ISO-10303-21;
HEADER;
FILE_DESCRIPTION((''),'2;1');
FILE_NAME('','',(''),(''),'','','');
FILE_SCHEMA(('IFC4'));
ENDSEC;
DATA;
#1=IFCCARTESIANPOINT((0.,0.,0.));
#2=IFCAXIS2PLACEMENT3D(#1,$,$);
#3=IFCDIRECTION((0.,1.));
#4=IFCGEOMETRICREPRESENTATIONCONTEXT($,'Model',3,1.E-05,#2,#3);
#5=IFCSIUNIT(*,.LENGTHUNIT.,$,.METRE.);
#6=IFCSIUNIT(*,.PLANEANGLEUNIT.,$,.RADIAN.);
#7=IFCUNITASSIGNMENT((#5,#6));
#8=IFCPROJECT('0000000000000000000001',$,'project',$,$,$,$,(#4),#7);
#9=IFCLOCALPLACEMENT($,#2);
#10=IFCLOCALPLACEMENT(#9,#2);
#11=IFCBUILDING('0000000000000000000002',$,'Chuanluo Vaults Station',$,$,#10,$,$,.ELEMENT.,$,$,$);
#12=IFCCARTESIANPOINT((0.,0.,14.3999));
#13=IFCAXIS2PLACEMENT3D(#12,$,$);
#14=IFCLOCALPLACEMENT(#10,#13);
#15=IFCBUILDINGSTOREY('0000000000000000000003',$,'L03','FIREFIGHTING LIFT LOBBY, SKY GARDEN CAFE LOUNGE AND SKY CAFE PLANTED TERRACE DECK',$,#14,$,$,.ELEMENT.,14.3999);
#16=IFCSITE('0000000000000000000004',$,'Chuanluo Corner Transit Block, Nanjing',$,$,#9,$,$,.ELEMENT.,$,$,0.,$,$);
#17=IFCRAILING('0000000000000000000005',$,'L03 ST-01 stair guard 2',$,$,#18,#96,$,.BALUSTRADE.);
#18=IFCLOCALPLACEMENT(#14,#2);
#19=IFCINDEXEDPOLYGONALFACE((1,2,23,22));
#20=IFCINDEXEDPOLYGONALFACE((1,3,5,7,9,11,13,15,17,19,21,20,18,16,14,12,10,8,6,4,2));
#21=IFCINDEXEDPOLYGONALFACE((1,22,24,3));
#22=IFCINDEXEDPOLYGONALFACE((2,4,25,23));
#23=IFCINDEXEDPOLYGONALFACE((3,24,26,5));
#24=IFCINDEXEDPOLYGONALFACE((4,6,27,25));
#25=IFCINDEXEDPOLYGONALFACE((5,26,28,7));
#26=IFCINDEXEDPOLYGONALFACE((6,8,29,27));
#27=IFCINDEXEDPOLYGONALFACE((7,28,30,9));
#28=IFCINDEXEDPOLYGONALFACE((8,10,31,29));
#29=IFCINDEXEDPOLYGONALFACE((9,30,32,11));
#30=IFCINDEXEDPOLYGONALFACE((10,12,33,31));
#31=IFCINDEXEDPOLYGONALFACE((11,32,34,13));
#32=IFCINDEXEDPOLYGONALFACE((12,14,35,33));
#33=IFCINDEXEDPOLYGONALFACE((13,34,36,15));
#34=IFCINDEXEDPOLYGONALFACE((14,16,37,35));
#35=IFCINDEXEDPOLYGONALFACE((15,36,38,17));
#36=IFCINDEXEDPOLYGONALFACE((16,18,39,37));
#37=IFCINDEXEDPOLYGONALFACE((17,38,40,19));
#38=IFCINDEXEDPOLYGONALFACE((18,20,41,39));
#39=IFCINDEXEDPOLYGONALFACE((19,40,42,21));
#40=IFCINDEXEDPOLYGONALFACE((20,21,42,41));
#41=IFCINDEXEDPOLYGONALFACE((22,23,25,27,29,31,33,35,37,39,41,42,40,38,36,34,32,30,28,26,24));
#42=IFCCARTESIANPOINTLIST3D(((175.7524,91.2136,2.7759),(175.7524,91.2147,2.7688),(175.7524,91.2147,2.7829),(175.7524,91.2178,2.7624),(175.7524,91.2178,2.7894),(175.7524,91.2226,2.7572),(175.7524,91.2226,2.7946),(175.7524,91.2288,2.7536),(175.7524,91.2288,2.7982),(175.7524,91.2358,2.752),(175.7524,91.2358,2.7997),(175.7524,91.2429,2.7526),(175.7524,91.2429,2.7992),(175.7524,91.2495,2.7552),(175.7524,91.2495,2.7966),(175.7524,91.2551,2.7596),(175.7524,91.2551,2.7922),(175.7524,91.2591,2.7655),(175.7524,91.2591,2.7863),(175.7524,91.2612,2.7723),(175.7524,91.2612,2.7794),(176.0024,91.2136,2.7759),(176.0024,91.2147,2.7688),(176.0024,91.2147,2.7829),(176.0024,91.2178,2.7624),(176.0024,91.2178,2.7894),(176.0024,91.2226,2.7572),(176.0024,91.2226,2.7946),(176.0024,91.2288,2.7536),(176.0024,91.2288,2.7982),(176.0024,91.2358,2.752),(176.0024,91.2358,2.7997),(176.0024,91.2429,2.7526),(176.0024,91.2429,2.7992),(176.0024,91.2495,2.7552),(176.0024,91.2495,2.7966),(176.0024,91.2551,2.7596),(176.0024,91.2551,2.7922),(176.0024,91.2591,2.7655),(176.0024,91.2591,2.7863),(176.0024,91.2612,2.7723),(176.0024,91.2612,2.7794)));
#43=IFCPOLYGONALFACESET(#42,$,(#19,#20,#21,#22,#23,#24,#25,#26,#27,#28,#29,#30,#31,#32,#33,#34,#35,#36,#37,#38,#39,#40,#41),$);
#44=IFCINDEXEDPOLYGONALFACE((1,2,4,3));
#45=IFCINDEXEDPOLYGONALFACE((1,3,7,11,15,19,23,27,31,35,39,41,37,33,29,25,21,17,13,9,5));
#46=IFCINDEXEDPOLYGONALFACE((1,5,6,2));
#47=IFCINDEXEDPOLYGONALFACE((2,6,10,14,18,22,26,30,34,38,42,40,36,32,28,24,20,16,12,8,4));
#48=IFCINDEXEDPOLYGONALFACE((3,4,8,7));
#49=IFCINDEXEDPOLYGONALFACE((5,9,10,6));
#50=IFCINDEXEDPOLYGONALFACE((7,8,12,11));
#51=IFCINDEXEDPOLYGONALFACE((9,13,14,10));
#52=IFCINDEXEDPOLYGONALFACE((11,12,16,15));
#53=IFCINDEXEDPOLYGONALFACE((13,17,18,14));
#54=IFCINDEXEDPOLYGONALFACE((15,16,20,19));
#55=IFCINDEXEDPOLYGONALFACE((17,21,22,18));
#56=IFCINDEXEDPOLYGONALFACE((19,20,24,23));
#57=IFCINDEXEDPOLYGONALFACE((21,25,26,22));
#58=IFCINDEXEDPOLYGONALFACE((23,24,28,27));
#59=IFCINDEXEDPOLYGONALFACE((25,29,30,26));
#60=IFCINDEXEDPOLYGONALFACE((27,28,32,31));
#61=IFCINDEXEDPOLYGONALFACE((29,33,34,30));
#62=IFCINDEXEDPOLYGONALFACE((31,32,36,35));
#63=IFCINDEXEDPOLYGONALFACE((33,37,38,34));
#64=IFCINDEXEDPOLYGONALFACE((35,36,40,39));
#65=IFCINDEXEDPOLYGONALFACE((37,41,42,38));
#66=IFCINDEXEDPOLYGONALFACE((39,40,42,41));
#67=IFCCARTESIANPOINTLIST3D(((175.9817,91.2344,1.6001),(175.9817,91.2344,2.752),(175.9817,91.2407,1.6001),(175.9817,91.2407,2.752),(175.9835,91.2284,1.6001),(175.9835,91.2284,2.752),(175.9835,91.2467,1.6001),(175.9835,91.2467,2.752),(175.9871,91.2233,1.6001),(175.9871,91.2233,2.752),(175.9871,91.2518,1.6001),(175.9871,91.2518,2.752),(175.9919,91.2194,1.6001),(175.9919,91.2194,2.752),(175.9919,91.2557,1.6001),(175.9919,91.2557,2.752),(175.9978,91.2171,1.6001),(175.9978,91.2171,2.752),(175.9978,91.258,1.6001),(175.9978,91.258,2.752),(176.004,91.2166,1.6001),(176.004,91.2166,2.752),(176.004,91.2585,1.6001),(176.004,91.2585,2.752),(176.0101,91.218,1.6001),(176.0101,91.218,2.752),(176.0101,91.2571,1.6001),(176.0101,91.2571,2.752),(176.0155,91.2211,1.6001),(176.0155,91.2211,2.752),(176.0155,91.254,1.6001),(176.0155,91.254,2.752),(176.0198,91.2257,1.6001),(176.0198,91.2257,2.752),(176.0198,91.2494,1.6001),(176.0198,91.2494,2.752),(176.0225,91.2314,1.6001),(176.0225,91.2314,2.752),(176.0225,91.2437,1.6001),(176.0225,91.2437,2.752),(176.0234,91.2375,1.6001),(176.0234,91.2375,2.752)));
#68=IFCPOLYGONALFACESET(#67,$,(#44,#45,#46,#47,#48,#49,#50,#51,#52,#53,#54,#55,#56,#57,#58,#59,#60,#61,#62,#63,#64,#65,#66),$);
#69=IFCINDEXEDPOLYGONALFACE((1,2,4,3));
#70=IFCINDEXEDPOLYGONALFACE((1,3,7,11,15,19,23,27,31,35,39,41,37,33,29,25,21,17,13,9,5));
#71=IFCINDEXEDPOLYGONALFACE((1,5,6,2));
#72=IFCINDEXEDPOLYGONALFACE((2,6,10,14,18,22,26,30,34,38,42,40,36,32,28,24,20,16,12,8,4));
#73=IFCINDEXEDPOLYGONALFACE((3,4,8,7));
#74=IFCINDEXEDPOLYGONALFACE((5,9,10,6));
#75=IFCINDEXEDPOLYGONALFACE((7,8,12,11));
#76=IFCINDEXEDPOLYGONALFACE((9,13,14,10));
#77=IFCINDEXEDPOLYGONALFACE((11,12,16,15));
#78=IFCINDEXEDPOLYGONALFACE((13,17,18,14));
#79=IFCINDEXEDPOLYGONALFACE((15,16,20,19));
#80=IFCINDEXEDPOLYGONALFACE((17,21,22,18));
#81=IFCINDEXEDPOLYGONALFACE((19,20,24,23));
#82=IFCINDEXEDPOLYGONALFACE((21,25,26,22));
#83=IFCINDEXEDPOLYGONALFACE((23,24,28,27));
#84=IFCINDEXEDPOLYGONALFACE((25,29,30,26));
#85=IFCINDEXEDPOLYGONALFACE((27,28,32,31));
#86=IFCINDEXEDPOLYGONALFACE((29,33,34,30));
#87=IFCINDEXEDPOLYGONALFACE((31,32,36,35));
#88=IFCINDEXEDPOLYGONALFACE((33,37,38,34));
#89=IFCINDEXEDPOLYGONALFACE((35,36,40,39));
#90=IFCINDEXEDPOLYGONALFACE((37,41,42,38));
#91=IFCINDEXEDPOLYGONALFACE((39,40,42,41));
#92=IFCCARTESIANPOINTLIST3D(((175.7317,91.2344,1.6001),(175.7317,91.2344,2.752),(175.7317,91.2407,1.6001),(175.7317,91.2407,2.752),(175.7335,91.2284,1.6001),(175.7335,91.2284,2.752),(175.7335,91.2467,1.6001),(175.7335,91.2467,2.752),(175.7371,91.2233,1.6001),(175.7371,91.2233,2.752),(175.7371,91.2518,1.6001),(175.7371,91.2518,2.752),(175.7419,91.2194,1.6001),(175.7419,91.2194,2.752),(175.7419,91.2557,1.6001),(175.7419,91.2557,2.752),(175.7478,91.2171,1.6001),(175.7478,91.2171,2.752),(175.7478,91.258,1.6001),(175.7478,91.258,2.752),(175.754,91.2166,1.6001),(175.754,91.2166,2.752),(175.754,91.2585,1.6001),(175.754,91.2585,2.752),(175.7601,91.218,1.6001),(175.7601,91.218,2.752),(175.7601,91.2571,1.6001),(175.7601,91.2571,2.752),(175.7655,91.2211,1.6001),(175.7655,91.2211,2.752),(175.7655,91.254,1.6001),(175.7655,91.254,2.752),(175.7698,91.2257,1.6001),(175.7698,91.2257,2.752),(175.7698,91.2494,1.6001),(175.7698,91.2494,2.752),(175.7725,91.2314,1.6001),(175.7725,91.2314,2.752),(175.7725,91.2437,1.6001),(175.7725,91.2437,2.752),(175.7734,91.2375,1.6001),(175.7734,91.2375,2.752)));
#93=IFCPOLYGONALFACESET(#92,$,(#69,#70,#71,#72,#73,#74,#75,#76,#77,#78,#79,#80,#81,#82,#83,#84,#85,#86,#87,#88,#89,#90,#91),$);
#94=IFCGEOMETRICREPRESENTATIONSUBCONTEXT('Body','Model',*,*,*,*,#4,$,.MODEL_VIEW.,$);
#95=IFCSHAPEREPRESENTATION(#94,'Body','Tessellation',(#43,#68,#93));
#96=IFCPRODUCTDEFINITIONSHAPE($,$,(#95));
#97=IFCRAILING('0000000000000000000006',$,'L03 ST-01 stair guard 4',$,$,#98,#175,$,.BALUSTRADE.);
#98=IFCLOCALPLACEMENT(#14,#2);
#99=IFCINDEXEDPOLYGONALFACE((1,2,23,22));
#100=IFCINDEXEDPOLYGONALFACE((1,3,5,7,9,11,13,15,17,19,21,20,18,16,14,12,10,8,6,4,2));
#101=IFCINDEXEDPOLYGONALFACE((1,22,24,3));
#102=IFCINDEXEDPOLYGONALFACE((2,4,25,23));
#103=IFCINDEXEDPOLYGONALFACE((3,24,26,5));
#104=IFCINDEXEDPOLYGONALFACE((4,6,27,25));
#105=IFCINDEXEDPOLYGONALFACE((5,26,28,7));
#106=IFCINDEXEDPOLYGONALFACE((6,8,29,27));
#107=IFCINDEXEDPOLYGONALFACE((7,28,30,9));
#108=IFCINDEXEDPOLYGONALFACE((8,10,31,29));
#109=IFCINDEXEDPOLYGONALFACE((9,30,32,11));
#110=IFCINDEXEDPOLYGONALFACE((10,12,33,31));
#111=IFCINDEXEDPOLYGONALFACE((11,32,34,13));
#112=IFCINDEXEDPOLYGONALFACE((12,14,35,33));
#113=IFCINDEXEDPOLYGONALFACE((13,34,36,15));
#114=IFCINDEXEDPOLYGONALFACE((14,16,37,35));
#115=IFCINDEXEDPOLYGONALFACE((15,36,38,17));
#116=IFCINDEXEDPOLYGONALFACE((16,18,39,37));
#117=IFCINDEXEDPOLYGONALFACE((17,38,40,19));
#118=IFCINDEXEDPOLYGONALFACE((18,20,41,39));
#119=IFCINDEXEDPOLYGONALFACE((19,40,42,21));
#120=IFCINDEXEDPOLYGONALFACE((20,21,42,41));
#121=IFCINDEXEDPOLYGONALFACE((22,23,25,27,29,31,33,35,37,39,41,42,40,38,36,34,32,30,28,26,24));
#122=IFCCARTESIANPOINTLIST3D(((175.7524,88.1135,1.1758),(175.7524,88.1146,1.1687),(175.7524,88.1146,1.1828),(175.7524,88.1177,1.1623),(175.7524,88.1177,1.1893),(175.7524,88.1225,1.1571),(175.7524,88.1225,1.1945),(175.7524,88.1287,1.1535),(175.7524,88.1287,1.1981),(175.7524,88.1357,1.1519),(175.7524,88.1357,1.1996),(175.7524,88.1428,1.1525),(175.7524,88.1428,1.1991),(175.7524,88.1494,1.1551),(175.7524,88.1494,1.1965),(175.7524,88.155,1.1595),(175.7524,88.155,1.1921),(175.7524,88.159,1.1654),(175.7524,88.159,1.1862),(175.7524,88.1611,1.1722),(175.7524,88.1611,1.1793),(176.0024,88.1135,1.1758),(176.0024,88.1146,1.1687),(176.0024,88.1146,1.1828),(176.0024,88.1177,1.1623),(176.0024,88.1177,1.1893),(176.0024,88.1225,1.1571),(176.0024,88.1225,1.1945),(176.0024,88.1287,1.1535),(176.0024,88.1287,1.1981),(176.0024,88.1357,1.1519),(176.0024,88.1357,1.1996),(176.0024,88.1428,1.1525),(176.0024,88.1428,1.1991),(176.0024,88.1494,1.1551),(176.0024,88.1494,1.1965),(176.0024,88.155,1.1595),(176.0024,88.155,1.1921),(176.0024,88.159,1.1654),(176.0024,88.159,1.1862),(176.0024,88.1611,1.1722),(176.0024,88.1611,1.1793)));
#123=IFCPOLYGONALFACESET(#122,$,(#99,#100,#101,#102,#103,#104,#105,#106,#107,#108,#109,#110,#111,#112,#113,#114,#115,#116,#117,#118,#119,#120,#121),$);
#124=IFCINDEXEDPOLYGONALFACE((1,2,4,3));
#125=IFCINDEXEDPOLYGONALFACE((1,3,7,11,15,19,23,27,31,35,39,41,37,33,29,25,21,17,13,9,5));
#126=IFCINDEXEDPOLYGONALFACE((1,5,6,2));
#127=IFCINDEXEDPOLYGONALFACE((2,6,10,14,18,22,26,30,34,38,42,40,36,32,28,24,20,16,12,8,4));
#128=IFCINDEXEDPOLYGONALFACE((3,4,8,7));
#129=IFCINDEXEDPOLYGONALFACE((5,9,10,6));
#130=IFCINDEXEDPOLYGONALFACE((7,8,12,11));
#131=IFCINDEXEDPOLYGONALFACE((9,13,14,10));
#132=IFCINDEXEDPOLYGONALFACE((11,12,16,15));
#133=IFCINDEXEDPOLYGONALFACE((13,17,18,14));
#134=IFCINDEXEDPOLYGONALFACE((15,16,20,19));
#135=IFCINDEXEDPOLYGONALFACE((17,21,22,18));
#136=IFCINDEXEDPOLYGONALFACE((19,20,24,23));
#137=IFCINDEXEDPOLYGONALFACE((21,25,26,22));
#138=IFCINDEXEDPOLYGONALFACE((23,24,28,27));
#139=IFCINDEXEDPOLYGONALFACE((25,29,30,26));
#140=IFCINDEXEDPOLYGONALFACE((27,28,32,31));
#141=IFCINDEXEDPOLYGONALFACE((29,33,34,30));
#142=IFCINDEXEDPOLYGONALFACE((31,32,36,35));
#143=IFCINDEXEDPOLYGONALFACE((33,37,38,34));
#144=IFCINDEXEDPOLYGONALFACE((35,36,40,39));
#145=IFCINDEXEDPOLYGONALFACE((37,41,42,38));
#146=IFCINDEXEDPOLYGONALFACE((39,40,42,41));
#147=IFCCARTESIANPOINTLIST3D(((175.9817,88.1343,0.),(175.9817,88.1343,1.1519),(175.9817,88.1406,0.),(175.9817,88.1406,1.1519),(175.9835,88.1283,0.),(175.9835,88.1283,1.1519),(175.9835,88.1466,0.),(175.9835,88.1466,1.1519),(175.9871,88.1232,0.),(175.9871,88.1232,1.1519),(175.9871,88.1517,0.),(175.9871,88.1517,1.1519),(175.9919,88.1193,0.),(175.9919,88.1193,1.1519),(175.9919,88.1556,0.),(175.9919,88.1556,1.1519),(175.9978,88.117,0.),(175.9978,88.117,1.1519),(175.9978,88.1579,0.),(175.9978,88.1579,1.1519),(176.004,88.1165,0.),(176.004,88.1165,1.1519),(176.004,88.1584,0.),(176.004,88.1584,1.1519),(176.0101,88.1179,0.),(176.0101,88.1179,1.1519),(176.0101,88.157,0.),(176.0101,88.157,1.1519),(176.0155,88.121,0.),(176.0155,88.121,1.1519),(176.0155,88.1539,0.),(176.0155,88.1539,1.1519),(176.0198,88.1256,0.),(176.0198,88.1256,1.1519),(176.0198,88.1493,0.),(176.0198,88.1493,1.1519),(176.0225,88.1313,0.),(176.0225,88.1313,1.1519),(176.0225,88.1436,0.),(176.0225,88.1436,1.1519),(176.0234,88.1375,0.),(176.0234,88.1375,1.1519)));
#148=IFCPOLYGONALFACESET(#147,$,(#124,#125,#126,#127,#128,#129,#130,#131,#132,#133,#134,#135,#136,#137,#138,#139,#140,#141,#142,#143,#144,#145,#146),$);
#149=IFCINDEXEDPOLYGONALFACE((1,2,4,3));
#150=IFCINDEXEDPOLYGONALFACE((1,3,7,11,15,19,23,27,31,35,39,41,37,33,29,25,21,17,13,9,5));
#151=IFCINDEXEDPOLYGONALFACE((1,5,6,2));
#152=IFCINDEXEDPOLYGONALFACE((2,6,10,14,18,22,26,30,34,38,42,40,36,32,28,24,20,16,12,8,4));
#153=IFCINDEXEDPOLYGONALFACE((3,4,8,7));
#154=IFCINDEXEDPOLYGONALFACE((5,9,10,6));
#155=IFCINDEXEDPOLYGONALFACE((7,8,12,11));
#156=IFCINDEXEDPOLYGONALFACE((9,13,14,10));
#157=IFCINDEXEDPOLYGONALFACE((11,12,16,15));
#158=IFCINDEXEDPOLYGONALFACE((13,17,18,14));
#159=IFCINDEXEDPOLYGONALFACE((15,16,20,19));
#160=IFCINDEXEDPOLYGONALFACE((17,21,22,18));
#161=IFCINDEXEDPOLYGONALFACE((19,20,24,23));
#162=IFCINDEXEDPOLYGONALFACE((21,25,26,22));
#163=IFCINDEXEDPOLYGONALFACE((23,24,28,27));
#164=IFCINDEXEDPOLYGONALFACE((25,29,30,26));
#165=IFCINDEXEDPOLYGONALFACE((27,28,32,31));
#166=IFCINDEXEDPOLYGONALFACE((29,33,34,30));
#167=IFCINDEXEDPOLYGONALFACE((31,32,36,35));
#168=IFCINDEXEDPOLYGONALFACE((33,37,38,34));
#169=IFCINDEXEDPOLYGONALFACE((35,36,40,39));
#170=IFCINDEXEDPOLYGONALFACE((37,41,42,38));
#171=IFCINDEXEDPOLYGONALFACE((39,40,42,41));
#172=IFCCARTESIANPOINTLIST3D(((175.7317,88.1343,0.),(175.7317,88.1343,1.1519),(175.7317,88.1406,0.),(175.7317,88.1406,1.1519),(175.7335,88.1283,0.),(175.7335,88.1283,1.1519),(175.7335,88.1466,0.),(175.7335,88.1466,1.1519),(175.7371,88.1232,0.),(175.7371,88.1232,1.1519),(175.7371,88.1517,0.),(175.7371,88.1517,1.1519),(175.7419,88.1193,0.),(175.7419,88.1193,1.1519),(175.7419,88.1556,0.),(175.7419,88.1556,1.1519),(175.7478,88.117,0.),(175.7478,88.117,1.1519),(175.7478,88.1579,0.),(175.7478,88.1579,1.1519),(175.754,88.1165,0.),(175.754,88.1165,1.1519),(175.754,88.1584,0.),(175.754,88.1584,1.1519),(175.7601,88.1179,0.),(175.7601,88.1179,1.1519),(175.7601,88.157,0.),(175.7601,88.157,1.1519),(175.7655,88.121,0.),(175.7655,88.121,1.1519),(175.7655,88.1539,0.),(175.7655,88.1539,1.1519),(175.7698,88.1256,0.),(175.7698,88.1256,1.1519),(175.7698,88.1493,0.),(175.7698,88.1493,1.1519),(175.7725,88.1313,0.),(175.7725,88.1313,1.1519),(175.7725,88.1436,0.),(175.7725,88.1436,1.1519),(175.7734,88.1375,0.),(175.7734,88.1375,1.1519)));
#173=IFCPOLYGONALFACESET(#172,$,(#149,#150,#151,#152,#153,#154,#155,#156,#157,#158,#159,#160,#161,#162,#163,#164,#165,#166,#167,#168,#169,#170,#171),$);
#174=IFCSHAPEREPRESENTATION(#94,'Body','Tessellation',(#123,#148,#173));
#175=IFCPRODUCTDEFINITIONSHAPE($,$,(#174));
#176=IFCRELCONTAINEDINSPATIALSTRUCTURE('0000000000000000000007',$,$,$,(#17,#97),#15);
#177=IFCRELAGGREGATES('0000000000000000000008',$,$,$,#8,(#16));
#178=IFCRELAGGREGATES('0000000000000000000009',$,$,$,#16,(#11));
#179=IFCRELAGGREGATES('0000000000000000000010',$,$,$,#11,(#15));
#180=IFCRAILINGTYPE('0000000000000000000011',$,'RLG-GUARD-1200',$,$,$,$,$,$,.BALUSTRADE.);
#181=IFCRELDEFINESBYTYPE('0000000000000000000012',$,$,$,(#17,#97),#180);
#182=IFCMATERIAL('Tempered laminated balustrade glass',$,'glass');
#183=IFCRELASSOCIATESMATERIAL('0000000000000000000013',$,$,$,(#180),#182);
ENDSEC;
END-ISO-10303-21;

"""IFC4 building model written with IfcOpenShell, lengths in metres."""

from ifc_helpers import new_model, si_unit, direction, frame, origin, origin_2d, place, context, subcontext, project, spatial, circle, extrude, material, type_object, element, save


model = new_model("IFC4")

# Units and contexts
model_context = context("Model", 3, precision=1e-05, world=origin(), true_north=direction((0.0, 1.0)))
body_context = subcontext(model_context, "Body", "Model", "MODEL_VIEW")
ifc_project = project(units=[si_unit("LENGTHUNIT", "METRE"), si_unit("PLANEANGLEUNIT", "RADIAN")], contexts=[model_context])

# Site, building, storey
site_placement = place(None, origin())
site = spatial("IfcSite", under=ifc_project, at=site_placement, Name="Chuanluo Corner Transit Block, Nanjing", CompositionType="ELEMENT", RefElevation=0.0)
building_placement = place(site_placement, origin())
building = spatial("IfcBuilding", under=site, at=building_placement, Name="Chuanluo Vaults Station", CompositionType="ELEMENT")
storey_placement = place(building_placement, frame((0.0, 0.0, 14.3999)))
storey = spatial("IfcBuildingStorey", under=building, at=storey_placement, Name="L03", Description="FIREFIGHTING LIFT LOBBY, SKY GARDEN CAFE LOUNGE AND SKY CAFE PLANTED TERRACE DECK", CompositionType="ELEMENT", Elevation=14.3999)

# Railings
ifc_material_1 = material(Name="Tempered laminated balustrade glass", Category="glass")
railing_type_1 = type_object("IfcRailingType", Name="RLG-GUARD-1200", PredefinedType="BALUSTRADE", material=ifc_material_1)
for number, where, name in (
    (1, (176.0024, 91.2375, 1.6001), "L03 ST-01 stair guard 2"),
    (2, (176.0024, 88.1375, 0.0), "L03 ST-01 stair guard 4"),
):
    element("IfcRailing", number, at=place(storey_placement, frame(where)), inside=storey, type_object=railing_type_1, Name=name, PredefinedType="BALUSTRADE", context=body_context, shape_type="SweptSolid", body=[
        extrude(circle(Radius=0.0239, at=origin_2d()), frame((0.0, 0.0, 1.1758), z_axis=(-1.0, 0.0, 0.0), x_axis=(0.0, -1.0, 0.0)), (0.0, 0.0, 1.0), 0.25),
        extrude(circle(Radius=0.021, at=origin_2d()), origin(), (0.0, 0.0, 1.0), 1.1519),
        extrude(circle(Radius=0.021, at=origin_2d()), frame((-0.25, 0.0, 0.0)), (0.0, 0.0, 1.0), 1.1519),
    ])

save(model, "model.ifc")
